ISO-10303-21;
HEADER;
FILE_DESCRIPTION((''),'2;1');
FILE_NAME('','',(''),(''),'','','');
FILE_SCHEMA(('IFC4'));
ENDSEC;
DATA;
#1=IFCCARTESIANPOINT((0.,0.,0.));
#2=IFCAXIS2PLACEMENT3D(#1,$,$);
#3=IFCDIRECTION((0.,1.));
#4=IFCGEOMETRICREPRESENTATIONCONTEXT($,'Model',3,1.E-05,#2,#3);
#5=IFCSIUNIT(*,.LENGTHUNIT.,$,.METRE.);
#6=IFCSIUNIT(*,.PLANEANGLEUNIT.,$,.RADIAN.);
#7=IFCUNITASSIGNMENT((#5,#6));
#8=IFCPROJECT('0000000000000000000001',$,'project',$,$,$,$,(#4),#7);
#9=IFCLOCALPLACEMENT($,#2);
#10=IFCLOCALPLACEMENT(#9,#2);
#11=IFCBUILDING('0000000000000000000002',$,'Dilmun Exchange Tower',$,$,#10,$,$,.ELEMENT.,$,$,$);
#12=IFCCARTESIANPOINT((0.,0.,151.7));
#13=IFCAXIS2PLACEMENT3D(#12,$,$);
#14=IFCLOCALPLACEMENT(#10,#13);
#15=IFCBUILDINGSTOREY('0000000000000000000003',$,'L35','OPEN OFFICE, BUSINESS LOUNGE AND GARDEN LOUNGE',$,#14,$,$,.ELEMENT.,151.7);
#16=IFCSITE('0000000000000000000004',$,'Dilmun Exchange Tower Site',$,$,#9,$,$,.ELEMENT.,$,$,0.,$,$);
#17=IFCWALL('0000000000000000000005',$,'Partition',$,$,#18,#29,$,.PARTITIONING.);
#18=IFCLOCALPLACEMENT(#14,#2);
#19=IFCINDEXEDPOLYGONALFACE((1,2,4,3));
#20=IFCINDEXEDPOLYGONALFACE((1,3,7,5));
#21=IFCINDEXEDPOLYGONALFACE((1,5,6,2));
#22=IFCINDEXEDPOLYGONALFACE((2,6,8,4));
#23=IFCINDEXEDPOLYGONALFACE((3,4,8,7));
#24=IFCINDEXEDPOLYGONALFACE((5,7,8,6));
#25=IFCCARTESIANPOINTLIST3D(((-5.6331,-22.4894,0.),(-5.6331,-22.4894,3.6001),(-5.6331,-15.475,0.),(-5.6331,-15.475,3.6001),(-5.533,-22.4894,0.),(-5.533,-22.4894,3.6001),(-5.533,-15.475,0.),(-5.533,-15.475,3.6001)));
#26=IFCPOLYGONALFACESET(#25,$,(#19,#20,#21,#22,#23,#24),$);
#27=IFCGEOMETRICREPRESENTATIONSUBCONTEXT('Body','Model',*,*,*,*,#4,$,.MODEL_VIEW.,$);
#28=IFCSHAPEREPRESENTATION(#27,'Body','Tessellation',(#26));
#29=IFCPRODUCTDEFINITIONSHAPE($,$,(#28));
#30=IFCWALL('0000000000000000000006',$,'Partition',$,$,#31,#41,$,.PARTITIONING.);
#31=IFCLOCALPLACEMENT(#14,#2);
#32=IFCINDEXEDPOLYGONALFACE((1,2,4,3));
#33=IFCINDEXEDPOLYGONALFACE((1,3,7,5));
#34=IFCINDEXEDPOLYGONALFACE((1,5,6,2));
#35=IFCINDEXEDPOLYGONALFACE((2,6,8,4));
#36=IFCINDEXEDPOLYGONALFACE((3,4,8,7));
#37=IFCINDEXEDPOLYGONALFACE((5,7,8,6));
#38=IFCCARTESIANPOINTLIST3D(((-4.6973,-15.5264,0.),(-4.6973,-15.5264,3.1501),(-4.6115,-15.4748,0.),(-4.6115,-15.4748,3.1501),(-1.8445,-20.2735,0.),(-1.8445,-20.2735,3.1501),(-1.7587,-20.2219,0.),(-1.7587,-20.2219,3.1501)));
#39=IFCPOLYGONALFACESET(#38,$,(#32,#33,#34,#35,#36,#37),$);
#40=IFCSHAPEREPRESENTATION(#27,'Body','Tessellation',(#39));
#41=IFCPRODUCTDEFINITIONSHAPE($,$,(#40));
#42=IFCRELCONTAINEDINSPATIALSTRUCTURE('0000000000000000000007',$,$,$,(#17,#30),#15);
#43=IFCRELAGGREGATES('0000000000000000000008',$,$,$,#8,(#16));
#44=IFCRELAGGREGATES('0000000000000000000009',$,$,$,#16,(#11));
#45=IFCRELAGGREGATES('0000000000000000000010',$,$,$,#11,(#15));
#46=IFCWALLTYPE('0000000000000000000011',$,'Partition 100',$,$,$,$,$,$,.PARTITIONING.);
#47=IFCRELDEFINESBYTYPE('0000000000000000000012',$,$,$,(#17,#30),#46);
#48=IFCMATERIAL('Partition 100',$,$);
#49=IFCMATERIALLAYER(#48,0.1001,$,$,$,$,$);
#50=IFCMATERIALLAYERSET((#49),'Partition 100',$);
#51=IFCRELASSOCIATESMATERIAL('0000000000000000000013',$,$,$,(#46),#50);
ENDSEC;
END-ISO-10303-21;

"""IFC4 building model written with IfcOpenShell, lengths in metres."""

from ifc_helpers import new_model, si_unit, direction, frame, frame_2d, origin, place, context, subcontext, project, spatial, rectangle, extrude, material, layer, layer_set, type_object, element, save


model = new_model("IFC4")

# Units and contexts
model_context = context("Model", 3, precision=1e-05, world=origin(), true_north=direction((0.0, 1.0)))
body_context = subcontext(model_context, "Body", "Model", "MODEL_VIEW")
ifc_project = project(units=[si_unit("LENGTHUNIT", "METRE"), si_unit("PLANEANGLEUNIT", "RADIAN")], contexts=[model_context])

# Site, building, storey
site_placement = place(None, origin())
site = spatial("IfcSite", under=ifc_project, at=site_placement, Name="Dilmun Exchange Tower Site", CompositionType="ELEMENT", RefElevation=0.0)
building_placement = place(site_placement, origin())
building = spatial("IfcBuilding", under=site, at=building_placement, Name="Dilmun Exchange Tower", CompositionType="ELEMENT")
storey_placement = place(building_placement, frame((0.0, 0.0, 151.7)))
storey = spatial("IfcBuildingStorey", under=building, at=storey_placement, Name="L35", Description="OPEN OFFICE, BUSINESS LOUNGE AND GARDEN LOUNGE", CompositionType="ELEMENT", Elevation=151.7)

# Walls
ifc_material_1 = material(Name="Partition 100")
ifc_layer_1 = layer(ifc_material_1, 0.1001)
ifc_layer_set_1 = layer_set([ifc_layer_1], Name="Partition 100")
wall_type_1 = type_object("IfcWallType", Name="Partition 100", PredefinedType="PARTITIONING", material=ifc_layer_set_1)
wall_1_placement = place(storey_placement, frame((-5.583, -22.4895, 0.0), z_axis=(0.0, 0.0, 1.0), x_axis=(0.0, 1.0, 0.0)))
element("IfcWall", 1, at=wall_1_placement, inside=storey, type_object=wall_type_1, Name="Partition", PredefinedType="PARTITIONING", context=body_context, shape_type="SweptSolid", body=[
    extrude(rectangle(XDim=7.0144, YDim=0.1001, at=frame_2d((3.5073, 0.0))), origin(), (0.0, 0.0, 1.0), 3.6001),
])
wall_2_placement = place(storey_placement, frame((-4.6543, -15.5007, 0.0), z_axis=(0.0, 0.0, 1.0), x_axis=(0.515099, -0.857131, 0.0)))
element("IfcWall", 2, at=wall_2_placement, inside=storey, type_object=wall_type_1, Name="Partition", PredefinedType="PARTITIONING", context=body_context, shape_type="SweptSolid", body=[
    extrude(rectangle(XDim=5.5383, YDim=0.1001, at=frame_2d((2.769, 0.0))), origin(), (0.0, 0.0, 1.0), 3.1501),
])

save(model, "model.ifc")
